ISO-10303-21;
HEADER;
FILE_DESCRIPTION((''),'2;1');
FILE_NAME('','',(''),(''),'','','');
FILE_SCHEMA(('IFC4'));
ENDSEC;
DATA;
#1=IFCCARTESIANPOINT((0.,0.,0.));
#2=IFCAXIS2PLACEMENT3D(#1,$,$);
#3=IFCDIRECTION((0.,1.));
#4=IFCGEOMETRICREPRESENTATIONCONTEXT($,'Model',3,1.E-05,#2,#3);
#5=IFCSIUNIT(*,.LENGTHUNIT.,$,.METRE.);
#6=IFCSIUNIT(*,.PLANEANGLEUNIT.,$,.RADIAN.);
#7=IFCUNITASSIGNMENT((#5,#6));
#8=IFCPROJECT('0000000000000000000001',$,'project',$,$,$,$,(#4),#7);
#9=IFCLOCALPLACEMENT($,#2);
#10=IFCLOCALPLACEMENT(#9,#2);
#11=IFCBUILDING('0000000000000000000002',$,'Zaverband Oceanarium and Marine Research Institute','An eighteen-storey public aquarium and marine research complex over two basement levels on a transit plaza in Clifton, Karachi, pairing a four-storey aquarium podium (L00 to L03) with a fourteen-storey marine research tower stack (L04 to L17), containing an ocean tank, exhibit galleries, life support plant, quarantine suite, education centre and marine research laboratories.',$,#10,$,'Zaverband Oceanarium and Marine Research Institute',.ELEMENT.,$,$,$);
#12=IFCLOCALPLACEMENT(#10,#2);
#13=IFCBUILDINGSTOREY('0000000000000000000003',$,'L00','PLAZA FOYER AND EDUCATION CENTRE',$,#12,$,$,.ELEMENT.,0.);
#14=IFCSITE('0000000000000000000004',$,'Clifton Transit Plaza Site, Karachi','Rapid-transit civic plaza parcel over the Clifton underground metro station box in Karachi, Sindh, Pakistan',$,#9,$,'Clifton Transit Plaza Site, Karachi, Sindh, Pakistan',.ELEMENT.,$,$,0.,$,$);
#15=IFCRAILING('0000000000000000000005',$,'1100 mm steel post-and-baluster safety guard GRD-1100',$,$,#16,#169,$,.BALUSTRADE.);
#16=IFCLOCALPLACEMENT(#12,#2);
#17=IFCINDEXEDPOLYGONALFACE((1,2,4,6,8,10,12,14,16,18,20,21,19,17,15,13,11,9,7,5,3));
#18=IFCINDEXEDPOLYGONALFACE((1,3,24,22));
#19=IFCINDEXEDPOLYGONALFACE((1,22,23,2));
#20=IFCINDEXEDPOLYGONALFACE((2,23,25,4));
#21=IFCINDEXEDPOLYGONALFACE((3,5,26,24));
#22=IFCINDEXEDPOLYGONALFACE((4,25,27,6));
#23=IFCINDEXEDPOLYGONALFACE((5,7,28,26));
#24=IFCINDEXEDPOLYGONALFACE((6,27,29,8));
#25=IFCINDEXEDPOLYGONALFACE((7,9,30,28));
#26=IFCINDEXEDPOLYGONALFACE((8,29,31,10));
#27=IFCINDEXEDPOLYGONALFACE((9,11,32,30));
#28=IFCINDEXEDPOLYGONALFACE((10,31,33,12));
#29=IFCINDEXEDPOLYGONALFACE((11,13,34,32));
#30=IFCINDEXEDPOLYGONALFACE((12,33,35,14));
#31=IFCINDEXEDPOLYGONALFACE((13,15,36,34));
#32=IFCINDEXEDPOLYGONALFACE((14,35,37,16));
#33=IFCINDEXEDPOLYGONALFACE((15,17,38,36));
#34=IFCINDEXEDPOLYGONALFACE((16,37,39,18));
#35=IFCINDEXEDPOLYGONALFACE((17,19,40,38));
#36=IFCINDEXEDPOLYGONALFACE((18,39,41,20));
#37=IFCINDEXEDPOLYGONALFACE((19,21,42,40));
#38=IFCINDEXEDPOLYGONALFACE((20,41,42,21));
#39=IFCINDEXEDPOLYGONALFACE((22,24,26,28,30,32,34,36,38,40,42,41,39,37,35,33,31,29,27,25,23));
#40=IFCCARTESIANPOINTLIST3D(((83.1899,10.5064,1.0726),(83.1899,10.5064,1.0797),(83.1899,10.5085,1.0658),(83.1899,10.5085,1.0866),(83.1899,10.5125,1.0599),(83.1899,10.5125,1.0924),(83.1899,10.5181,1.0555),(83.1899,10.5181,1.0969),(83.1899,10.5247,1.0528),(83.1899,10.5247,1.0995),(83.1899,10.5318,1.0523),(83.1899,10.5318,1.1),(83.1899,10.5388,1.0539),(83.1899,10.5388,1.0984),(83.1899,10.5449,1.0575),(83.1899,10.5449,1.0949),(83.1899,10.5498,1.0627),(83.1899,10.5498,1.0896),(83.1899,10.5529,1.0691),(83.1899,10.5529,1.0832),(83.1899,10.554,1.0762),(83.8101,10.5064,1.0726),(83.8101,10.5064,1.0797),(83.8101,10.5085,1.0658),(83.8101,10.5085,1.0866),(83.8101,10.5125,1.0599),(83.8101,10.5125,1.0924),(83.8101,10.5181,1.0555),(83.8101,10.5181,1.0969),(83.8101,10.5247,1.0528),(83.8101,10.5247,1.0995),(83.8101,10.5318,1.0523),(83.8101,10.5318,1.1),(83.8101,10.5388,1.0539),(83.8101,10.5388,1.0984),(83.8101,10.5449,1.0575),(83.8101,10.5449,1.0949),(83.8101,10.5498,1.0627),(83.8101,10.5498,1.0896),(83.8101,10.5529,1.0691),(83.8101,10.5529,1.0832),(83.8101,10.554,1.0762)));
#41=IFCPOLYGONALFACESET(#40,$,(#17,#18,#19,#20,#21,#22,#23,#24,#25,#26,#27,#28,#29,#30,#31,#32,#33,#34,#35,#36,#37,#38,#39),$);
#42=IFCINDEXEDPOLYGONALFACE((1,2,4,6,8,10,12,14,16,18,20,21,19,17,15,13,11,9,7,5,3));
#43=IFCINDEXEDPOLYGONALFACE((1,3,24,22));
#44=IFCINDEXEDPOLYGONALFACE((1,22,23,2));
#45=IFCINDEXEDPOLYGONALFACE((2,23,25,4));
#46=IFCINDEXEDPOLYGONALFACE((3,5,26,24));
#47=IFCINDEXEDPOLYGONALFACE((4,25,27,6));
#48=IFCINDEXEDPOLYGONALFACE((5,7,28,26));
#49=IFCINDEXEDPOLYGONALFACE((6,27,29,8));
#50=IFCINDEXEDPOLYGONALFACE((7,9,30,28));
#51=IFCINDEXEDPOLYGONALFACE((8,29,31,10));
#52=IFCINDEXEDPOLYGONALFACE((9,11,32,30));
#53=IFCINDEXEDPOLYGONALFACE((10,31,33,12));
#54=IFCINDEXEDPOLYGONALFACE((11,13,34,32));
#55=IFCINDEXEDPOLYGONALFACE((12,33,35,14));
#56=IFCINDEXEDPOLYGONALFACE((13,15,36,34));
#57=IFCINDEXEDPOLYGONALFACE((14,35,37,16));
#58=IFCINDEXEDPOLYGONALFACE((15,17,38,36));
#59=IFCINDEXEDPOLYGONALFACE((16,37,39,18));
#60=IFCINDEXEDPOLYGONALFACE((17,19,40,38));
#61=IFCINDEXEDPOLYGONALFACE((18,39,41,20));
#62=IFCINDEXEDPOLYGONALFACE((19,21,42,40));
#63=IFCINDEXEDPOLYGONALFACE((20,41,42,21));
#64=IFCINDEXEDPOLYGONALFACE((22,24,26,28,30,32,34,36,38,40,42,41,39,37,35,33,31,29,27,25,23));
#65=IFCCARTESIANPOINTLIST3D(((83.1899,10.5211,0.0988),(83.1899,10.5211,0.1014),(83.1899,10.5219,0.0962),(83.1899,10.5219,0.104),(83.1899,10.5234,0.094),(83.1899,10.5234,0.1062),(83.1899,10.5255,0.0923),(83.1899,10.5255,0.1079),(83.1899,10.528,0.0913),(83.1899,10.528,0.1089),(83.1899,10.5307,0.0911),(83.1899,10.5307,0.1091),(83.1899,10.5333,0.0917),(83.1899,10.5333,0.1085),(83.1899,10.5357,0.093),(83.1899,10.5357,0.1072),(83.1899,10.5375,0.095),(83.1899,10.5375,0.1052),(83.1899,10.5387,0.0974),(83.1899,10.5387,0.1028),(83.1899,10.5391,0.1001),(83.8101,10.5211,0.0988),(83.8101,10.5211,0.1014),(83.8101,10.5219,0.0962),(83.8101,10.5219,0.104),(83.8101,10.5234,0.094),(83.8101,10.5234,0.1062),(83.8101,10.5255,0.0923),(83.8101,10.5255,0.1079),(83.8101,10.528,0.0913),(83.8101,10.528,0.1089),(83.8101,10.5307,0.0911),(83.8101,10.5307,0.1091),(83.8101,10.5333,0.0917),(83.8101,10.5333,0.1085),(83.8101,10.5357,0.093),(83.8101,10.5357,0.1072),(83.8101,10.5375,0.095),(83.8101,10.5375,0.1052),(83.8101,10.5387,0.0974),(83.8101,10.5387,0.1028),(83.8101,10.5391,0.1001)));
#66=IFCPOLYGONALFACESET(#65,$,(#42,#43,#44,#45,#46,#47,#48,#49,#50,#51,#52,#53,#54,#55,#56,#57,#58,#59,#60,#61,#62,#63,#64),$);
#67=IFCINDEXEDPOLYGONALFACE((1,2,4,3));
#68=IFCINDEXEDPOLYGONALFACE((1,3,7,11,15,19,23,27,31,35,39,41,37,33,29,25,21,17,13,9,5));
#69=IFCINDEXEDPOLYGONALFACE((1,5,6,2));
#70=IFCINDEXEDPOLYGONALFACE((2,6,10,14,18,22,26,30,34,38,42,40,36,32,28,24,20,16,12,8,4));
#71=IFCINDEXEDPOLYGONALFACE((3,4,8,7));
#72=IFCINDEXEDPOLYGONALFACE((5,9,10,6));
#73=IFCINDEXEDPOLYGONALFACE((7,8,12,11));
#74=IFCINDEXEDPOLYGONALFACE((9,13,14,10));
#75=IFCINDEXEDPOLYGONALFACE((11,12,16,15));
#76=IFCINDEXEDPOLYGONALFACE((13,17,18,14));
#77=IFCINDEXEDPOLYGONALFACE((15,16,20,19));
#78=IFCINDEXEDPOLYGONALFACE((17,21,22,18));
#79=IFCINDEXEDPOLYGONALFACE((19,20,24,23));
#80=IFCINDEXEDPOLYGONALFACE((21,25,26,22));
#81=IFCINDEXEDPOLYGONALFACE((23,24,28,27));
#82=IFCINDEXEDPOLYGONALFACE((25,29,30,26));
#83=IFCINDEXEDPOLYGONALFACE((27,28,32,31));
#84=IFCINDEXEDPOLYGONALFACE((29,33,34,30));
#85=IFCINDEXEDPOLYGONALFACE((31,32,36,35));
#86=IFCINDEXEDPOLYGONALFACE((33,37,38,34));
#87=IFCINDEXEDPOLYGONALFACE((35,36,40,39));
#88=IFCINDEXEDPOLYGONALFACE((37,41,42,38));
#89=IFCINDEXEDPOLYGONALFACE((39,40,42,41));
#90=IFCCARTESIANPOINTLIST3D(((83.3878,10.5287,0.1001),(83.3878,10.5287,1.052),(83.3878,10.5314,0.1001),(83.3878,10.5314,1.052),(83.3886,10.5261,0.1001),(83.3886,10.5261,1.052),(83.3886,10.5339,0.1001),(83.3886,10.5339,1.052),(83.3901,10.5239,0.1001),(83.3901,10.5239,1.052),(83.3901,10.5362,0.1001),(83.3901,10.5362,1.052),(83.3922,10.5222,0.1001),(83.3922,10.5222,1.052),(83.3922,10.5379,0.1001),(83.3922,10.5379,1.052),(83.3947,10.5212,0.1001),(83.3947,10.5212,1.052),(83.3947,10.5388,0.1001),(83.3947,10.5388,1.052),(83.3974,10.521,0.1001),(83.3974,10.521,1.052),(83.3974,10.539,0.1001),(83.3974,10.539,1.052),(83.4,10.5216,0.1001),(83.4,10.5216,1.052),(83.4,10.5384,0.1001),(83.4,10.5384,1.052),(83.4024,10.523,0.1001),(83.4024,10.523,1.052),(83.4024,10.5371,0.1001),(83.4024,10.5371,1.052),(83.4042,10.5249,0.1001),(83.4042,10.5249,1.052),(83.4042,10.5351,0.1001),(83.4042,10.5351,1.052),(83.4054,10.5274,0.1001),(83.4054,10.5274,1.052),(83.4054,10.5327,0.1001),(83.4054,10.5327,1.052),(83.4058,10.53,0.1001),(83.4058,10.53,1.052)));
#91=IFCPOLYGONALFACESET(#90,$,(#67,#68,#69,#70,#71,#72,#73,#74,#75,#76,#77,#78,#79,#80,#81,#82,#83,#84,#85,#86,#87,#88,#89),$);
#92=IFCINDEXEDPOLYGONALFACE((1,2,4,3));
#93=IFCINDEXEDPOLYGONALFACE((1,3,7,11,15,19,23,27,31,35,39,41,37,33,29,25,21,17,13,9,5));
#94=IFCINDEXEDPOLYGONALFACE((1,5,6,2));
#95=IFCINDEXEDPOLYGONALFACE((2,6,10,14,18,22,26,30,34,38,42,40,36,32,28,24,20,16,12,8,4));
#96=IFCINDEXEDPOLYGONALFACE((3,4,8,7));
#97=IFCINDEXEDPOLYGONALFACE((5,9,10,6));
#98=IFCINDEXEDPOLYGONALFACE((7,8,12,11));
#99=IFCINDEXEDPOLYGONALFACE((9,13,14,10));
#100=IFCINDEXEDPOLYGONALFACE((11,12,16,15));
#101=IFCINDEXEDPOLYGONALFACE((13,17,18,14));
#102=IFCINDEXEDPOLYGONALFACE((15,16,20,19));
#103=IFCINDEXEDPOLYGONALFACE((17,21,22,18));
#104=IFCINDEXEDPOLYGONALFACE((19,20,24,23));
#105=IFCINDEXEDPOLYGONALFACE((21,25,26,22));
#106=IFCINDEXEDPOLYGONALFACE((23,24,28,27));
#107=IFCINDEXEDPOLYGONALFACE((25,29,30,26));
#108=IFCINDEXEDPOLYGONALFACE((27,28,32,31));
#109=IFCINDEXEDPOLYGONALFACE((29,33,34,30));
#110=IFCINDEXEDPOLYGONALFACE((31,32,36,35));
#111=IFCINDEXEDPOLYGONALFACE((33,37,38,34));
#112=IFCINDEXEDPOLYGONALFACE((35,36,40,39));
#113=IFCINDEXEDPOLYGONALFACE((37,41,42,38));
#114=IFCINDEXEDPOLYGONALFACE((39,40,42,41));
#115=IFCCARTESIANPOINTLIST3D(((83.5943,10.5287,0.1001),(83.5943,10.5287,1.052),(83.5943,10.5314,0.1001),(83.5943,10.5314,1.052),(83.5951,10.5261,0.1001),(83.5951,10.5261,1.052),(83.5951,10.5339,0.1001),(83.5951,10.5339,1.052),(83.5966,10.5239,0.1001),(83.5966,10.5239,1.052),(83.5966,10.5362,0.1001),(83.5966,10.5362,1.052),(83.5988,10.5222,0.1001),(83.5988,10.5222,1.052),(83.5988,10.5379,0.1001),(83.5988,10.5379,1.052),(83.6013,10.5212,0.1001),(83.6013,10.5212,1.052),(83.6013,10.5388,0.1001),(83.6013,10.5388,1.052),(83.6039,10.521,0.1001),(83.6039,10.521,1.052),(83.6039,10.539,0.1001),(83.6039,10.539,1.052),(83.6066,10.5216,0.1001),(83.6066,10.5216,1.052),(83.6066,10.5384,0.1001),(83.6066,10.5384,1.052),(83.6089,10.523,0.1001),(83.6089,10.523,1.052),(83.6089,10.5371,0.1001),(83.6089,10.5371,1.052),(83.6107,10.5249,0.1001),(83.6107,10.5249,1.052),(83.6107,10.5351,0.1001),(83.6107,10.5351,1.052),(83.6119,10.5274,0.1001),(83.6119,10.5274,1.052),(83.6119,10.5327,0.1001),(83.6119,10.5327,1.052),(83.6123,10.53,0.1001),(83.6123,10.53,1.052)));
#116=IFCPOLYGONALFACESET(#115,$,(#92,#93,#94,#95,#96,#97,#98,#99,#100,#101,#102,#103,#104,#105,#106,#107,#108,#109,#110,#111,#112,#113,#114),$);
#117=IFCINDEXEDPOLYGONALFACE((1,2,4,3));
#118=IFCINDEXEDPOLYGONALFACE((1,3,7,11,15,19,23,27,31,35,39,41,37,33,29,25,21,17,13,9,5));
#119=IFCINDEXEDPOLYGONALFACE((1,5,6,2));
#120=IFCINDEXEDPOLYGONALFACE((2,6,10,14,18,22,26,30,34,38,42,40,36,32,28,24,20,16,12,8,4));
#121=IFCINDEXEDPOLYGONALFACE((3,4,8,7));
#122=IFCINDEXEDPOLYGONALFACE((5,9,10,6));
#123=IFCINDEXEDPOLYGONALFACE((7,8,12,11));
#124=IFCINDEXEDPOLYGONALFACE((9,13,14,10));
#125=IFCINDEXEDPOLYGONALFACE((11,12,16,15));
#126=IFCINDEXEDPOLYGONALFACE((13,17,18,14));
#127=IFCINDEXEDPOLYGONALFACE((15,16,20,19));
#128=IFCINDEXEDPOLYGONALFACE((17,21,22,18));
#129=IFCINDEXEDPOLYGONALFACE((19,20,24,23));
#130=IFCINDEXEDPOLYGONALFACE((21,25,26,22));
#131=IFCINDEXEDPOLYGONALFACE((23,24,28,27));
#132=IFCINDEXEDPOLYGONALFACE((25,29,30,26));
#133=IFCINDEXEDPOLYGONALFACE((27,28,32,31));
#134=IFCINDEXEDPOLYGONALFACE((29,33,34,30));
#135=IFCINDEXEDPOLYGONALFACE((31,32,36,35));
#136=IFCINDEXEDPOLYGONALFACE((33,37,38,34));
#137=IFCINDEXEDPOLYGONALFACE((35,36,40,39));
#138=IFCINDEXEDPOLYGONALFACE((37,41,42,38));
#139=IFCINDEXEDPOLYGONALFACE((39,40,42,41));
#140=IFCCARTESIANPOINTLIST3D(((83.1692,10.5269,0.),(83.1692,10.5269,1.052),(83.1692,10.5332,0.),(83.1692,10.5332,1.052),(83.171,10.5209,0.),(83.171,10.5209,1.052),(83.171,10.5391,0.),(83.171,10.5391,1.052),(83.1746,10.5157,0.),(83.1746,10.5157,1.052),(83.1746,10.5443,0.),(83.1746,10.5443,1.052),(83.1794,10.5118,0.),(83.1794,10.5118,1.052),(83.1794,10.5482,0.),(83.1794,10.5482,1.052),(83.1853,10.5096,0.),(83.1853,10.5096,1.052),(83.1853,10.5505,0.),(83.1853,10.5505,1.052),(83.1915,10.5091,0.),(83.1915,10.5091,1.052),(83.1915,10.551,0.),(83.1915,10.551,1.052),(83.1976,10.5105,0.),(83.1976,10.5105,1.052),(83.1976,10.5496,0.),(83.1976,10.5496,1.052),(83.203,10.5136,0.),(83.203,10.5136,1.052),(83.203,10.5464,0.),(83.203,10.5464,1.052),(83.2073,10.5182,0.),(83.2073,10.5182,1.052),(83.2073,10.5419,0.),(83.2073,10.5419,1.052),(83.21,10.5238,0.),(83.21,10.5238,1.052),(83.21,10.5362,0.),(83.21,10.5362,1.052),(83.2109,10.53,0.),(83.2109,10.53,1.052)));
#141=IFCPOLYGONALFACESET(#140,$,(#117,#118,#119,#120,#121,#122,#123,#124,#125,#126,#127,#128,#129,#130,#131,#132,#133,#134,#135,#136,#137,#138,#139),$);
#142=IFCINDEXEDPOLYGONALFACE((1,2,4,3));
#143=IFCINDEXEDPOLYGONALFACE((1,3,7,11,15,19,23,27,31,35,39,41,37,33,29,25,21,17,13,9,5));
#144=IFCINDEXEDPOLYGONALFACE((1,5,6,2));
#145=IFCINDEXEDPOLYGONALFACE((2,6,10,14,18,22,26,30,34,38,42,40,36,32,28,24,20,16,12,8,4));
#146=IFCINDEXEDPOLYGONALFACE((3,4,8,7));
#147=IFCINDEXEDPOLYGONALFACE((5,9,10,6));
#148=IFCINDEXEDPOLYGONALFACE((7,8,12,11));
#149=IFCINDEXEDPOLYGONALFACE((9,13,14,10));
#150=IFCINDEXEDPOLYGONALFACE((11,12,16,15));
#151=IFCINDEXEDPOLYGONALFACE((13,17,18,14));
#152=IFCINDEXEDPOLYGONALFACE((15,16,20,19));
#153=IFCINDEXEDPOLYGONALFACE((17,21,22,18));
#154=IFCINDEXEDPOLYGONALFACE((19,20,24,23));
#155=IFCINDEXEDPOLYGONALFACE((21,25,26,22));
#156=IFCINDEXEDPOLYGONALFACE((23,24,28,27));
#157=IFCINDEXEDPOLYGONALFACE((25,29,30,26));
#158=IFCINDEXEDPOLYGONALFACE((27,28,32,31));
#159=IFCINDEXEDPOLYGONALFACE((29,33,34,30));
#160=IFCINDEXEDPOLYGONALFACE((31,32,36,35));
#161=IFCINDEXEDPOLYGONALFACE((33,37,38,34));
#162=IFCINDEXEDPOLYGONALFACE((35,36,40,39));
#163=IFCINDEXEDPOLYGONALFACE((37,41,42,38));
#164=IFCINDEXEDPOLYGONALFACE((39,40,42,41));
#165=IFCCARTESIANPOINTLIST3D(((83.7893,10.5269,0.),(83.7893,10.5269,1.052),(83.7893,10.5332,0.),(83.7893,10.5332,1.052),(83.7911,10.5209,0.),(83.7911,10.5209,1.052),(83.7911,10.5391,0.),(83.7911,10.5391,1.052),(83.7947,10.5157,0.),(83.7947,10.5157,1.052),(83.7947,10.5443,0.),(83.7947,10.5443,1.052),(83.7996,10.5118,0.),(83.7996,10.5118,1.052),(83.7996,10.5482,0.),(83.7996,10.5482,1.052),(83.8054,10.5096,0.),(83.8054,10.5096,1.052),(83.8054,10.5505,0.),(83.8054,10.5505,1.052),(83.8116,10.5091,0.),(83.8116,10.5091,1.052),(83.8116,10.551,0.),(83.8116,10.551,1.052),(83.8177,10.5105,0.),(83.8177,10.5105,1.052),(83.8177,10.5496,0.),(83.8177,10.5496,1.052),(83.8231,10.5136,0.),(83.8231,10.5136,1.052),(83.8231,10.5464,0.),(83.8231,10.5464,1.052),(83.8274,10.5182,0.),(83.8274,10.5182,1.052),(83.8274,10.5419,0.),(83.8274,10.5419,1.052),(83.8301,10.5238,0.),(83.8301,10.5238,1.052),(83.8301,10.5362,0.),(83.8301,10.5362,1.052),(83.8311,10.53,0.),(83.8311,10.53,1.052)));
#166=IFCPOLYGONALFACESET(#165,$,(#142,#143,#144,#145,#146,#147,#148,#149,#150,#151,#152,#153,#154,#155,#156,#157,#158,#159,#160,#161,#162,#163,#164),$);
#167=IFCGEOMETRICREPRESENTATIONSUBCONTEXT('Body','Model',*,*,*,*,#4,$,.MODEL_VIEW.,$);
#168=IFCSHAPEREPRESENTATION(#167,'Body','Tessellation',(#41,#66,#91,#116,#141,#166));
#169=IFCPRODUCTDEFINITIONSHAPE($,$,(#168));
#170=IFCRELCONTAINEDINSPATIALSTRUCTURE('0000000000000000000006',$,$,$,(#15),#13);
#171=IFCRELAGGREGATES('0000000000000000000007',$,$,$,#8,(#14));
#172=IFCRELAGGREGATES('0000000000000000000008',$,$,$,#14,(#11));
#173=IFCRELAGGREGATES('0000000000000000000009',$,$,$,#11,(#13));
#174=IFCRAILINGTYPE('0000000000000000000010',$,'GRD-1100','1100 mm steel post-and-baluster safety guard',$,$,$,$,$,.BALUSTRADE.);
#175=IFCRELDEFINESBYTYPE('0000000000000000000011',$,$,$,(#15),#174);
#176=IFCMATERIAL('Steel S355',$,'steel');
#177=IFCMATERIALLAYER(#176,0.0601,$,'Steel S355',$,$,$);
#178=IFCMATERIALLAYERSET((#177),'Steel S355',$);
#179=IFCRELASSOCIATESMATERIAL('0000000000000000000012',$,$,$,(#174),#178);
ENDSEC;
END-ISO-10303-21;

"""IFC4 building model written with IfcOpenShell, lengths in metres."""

from ifc_helpers import new_model, si_unit, direction, frame, origin, origin_2d, place, context, subcontext, project, spatial, circle, extrude, material, layer, layer_set, type_object, element, save


model = new_model("IFC4")

# Units and contexts
model_context = context("Model", 3, precision=1e-05, world=origin(), true_north=direction((0.0, 1.0)))
body_context = subcontext(model_context, "Body", "Model", "MODEL_VIEW")
ifc_project = project(units=[si_unit("LENGTHUNIT", "METRE"), si_unit("PLANEANGLEUNIT", "RADIAN")], contexts=[model_context])

# Site, building, storey
site_placement = place(None, origin())
site = spatial("IfcSite", under=ifc_project, at=site_placement, Name="Clifton Transit Plaza Site, Karachi", Description="Rapid-transit civic plaza parcel over the Clifton underground metro station box in Karachi, Sindh, Pakistan", LongName="Clifton Transit Plaza Site, Karachi, Sindh, Pakistan", CompositionType="ELEMENT", RefElevation=0.0)
building_placement = place(site_placement, origin())
building = spatial("IfcBuilding", under=site, at=building_placement, Name="Zaverband Oceanarium and Marine Research Institute", Description="An eighteen-storey public aquarium and marine research complex over two basement levels on a transit plaza in Clifton, Karachi, pairing a four-storey aquarium podium (L00 to L03) with a fourteen-storey marine research tower stack (L04 to L17), containing an ocean tank, exhibit galleries, life support plant, quarantine suite, education centre and marine research laboratories.", LongName="Zaverband Oceanarium and Marine Research Institute", CompositionType="ELEMENT")
storey_placement = place(building_placement, origin())
storey = spatial("IfcBuildingStorey", under=building, at=storey_placement, Name="L00", Description="PLAZA FOYER AND EDUCATION CENTRE", CompositionType="ELEMENT", Elevation=0.0)

# Shared definitions
ifc_material_1 = material(Name="Steel S355", Category="steel")

# Railing
ifc_layer_1 = layer(ifc_material_1, 0.0601, Name="Steel S355")
ifc_layer_set_1 = layer_set([ifc_layer_1], Name="Steel S355")
railing_type_1 = type_object("IfcRailingType", Name="GRD-1100", Description="1100 mm steel post-and-baluster safety guard", PredefinedType="BALUSTRADE", material=ifc_layer_set_1)
for number, where, name in (
    (1, (83.1899, 10.53, 0.0), "1100 mm steel post-and-baluster safety guard GRD-1100"),
):
    element("IfcRailing", number, at=place(storey_placement, frame(where)), inside=storey, type_object=railing_type_1, Name=name, PredefinedType="BALUSTRADE", context=body_context, shape_type="SweptSolid", body=[
        extrude(circle(Radius=0.0239, at=origin_2d()), frame((0.0, 0.0, 1.0762), z_axis=(1.0, 0.0, 0.0), x_axis=(0.0, 1.0, 0.0)), (0.0, 0.0, 1.0), 0.6201),
        extrude(circle(Radius=0.009, at=origin_2d()), frame((0.0, 0.0, 0.1001), z_axis=(1.0, 0.0, 0.0), x_axis=(0.0, 1.0, 0.0)), (0.0, 0.0, 1.0), 0.6201),
        extrude(circle(Radius=0.009, at=origin_2d()), frame((0.2068, 0.0, 0.1001)), (0.0, 0.0, 1.0), 0.9519),
        extrude(circle(Radius=0.009, at=origin_2d()), frame((0.4133, 0.0, 0.1001)), (0.0, 0.0, 1.0), 0.9519),
        extrude(circle(Radius=0.021, at=origin_2d()), origin(), (0.0, 0.0, 1.0), 1.052),
        extrude(circle(Radius=0.021, at=origin_2d()), frame((0.6201, 0.0, 0.0)), (0.0, 0.0, 1.0), 1.052),
    ])

save(model, "model.ifc")
